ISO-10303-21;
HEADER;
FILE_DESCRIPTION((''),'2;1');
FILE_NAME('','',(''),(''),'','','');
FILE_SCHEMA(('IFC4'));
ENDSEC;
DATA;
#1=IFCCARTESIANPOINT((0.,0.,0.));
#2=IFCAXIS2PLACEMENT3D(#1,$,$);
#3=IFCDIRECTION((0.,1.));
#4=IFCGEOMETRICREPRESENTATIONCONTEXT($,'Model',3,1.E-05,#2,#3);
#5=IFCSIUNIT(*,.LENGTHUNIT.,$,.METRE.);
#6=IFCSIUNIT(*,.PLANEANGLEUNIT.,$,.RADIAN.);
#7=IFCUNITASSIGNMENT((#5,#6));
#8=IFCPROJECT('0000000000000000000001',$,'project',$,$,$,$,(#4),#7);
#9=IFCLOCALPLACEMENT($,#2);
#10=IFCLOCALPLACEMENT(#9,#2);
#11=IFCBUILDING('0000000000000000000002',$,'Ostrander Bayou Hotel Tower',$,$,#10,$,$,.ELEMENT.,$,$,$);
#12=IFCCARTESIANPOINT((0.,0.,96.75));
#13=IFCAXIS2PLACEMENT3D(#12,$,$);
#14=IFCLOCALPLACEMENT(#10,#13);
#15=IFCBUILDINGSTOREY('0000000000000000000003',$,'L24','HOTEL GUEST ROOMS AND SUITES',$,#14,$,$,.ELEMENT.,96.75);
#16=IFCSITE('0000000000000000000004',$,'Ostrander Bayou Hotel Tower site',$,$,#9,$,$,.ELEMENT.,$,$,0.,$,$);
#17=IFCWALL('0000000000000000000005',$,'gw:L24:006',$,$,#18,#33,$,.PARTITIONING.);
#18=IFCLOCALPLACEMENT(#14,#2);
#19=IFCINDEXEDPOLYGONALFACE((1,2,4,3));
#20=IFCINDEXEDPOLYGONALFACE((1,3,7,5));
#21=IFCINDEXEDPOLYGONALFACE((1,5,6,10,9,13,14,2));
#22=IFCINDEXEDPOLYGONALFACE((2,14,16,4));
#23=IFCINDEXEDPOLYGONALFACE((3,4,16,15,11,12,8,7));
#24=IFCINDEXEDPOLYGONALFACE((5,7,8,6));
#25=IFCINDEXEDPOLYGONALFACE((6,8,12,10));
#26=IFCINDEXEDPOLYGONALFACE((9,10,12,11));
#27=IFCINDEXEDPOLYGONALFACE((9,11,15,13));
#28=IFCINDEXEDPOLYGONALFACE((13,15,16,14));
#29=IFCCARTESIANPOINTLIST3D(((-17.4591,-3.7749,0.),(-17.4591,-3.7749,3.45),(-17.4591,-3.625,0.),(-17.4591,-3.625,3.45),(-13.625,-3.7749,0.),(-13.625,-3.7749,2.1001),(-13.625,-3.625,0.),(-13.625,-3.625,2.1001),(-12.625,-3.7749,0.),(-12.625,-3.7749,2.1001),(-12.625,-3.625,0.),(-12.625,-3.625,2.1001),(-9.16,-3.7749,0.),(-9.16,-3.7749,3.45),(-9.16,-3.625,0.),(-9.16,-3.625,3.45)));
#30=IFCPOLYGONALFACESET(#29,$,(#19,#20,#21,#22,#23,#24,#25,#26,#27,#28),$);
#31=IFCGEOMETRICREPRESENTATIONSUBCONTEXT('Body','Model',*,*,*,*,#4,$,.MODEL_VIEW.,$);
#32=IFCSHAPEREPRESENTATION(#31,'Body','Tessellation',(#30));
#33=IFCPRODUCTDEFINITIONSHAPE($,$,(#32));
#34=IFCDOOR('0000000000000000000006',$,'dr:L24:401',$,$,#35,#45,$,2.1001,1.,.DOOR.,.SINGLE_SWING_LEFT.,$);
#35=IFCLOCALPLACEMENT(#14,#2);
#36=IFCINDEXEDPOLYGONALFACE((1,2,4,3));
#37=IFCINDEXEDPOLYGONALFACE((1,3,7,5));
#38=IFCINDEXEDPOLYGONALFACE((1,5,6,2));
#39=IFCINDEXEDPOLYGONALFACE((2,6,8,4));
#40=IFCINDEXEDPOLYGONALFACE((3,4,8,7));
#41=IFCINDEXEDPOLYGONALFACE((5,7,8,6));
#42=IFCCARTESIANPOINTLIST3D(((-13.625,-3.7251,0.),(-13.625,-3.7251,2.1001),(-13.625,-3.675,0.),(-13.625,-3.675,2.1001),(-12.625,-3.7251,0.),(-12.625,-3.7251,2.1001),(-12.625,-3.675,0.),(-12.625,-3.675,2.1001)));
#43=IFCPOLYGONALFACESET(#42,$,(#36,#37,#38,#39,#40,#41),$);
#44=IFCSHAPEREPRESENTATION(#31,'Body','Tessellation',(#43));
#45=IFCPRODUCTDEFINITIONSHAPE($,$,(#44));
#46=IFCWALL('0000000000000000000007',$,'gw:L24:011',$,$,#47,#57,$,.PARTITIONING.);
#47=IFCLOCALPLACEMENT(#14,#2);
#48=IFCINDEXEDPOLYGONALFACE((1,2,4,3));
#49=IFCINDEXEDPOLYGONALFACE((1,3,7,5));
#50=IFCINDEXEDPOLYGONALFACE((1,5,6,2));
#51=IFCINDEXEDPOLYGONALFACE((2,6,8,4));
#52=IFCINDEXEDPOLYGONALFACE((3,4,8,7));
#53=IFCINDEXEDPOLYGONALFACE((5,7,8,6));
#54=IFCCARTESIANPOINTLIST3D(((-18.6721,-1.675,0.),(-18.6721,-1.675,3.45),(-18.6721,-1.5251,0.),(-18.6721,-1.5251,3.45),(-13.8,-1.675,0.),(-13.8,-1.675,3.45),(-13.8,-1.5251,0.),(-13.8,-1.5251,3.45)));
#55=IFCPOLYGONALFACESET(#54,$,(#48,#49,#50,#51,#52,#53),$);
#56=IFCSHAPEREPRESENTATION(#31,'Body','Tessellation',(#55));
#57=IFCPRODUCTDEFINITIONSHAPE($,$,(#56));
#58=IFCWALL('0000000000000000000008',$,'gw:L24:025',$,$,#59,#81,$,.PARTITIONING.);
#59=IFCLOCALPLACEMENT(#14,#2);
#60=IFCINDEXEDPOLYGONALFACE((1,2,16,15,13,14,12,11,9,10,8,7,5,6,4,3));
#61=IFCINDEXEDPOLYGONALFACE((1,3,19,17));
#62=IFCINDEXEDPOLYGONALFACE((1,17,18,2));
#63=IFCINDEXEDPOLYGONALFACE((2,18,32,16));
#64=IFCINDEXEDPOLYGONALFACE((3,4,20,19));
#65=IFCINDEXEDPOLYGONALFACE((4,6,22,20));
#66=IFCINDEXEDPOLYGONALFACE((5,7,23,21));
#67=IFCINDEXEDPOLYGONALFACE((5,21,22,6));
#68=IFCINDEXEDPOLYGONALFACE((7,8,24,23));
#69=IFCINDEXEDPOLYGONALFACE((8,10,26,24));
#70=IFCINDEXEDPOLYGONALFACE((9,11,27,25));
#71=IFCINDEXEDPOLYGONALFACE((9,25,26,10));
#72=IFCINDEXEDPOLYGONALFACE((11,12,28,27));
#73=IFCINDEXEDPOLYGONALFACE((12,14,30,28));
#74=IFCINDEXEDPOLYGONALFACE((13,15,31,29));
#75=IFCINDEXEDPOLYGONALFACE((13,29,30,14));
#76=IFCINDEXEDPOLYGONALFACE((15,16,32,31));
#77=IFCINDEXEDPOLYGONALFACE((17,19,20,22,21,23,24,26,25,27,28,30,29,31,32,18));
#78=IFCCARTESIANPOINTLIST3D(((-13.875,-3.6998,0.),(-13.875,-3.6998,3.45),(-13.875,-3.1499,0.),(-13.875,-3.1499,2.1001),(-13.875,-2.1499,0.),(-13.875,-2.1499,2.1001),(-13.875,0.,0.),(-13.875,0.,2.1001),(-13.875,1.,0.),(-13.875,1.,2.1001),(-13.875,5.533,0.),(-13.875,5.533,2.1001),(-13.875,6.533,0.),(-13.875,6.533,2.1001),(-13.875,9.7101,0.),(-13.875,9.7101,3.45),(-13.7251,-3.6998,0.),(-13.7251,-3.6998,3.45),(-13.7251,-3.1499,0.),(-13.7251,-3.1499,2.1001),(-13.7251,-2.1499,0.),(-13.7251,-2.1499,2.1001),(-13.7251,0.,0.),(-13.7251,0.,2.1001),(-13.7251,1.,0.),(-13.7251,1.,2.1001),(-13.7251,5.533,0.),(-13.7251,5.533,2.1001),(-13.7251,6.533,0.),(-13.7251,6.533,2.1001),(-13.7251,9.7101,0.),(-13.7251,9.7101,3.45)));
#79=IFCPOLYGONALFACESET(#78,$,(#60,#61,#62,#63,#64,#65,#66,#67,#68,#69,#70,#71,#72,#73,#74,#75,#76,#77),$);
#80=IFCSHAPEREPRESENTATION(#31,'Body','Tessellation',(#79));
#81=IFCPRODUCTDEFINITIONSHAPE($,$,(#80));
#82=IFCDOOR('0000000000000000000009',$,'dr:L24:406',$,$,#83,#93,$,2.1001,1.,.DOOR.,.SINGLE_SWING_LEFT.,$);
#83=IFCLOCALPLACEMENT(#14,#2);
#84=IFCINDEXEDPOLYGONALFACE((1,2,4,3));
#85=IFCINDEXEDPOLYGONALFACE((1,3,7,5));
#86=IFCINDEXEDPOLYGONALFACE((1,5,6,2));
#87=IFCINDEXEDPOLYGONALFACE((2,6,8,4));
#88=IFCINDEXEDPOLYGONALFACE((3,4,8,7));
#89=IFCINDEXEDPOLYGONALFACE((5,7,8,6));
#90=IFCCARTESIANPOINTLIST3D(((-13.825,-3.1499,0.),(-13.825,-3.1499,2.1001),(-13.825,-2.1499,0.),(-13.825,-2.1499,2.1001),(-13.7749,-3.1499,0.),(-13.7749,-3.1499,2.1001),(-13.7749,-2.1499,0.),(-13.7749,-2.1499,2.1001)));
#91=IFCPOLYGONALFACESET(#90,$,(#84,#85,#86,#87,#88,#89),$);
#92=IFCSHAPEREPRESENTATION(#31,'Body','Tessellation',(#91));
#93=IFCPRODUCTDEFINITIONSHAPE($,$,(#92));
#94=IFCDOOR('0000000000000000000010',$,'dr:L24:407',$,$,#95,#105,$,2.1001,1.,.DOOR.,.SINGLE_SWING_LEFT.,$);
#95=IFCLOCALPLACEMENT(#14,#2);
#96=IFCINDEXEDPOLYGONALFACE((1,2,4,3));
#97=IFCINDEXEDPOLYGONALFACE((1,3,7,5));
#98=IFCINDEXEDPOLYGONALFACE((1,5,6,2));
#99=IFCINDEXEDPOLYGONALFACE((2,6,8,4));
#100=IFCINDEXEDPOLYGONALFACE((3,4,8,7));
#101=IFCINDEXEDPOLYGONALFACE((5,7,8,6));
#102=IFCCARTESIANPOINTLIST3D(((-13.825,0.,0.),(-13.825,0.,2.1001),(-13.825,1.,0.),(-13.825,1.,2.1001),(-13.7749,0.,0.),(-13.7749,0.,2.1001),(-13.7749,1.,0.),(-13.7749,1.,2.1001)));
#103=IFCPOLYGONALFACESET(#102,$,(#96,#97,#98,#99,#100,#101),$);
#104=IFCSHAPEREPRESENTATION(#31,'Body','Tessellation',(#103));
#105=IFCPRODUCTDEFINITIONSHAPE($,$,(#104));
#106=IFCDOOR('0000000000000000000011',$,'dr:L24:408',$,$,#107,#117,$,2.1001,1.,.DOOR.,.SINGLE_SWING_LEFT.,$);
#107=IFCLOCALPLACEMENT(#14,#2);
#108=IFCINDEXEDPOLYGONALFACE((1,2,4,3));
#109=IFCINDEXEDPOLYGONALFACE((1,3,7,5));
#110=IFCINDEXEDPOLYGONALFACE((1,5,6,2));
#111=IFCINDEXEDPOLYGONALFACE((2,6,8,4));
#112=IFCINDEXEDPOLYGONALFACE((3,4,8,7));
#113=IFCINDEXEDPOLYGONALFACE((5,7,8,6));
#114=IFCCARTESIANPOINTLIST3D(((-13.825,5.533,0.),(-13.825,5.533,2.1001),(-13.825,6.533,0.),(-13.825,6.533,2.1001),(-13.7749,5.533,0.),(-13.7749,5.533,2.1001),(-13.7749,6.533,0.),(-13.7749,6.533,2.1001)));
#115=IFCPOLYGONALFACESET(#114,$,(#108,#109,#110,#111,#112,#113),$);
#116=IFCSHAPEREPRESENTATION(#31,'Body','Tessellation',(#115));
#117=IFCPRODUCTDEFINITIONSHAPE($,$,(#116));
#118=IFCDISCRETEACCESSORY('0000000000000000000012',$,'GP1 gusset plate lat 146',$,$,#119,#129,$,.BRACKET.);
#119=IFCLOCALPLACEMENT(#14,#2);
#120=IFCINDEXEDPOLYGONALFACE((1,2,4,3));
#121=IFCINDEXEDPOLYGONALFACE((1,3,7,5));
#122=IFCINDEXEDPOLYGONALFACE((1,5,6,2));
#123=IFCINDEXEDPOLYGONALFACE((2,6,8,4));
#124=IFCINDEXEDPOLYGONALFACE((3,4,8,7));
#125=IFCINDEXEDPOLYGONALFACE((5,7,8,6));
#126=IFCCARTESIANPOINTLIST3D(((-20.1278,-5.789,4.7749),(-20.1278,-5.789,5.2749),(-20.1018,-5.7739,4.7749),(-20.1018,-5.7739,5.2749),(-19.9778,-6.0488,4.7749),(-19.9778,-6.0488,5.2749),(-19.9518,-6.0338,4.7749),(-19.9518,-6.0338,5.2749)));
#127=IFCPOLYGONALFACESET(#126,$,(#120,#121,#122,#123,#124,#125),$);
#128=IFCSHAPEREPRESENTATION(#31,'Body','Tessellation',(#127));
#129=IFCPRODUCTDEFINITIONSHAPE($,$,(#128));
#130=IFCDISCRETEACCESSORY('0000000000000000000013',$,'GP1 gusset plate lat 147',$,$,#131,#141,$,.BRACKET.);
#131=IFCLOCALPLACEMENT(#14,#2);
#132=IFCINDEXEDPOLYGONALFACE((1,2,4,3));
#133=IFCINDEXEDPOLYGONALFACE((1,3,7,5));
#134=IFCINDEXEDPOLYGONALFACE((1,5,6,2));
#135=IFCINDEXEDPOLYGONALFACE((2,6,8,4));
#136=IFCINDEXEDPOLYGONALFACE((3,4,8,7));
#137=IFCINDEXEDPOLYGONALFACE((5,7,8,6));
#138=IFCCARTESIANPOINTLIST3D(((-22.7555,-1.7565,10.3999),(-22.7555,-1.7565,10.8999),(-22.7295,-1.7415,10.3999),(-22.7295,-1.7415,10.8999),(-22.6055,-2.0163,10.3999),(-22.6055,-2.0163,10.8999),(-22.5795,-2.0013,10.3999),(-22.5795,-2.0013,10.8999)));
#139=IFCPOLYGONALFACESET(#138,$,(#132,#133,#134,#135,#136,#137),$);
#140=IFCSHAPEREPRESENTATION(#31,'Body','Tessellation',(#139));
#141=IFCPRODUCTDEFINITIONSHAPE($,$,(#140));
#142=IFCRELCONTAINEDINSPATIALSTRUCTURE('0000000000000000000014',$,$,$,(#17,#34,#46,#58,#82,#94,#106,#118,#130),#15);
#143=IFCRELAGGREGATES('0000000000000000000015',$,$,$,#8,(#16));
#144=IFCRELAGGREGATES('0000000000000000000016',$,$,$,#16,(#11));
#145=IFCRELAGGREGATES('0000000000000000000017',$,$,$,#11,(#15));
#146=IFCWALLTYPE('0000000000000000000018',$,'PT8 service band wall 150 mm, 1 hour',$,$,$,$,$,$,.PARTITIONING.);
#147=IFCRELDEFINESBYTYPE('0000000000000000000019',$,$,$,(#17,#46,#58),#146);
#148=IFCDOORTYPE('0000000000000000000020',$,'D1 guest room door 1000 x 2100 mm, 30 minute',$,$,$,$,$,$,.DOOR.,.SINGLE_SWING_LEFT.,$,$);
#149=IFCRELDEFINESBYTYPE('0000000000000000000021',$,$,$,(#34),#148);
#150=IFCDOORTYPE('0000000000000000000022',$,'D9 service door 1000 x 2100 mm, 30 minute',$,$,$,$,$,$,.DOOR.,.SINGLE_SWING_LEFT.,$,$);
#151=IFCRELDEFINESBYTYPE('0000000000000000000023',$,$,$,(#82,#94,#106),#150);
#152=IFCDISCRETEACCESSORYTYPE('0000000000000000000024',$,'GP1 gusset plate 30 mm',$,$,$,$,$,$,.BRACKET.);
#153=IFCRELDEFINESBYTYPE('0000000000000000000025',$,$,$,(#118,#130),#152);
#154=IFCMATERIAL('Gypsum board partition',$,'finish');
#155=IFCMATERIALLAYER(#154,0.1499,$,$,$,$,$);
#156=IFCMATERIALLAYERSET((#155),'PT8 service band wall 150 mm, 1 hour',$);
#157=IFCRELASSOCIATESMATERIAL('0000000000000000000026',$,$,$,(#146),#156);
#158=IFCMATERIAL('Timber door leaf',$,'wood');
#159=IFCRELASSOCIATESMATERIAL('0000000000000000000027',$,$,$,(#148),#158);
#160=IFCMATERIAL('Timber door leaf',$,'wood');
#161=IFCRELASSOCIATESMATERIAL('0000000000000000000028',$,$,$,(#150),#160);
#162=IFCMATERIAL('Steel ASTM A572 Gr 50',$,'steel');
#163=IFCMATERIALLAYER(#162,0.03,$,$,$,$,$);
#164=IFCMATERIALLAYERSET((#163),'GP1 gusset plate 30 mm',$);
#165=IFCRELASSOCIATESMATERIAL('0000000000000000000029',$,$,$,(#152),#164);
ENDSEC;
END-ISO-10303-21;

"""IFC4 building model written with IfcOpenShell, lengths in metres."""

from ifc_helpers import new_model, si_unit, direction, frame, frame_2d, origin, origin_2d, place, context, subcontext, project, spatial, rectangle, extrude, material, layer, layer_set, type_object, element, fill, save


model = new_model("IFC4")

# Units and contexts
model_context = context("Model", 3, precision=1e-05, world=origin(), true_north=direction((0.0, 1.0)))
body_context = subcontext(model_context, "Body", "Model", "MODEL_VIEW")
ifc_project = project(units=[si_unit("LENGTHUNIT", "METRE"), si_unit("PLANEANGLEUNIT", "RADIAN")], contexts=[model_context])

# Site, building, storey
site_placement = place(None, origin())
site = spatial("IfcSite", under=ifc_project, at=site_placement, Name="Ostrander Bayou Hotel Tower site", CompositionType="ELEMENT", RefElevation=0.0)
building_placement = place(site_placement, origin())
building = spatial("IfcBuilding", under=site, at=building_placement, Name="Ostrander Bayou Hotel Tower", CompositionType="ELEMENT")
storey_placement = place(building_placement, frame((0.0, 0.0, 96.75)))
storey = spatial("IfcBuildingStorey", under=building, at=storey_placement, Name="L24", Description="HOTEL GUEST ROOMS AND SUITES", CompositionType="ELEMENT", Elevation=96.75)

# Wall, opening, door
ifc_material_1 = material(Name="Gypsum board partition", Category="finish")
ifc_layer_1 = layer(ifc_material_1, 0.1499)
ifc_layer_set_1 = layer_set([ifc_layer_1], Name="PT8 service band wall 150 mm, 1 hour")
wall_type_1 = type_object("IfcWallType", Name="PT8 service band wall 150 mm, 1 hour", PredefinedType="PARTITIONING", material=ifc_layer_set_1)
wall_1_placement = place(storey_placement, frame((-17.459, -3.7, 0.0), z_axis=(0.0, 0.0, 1.0), x_axis=(1.0, 0.0, 0.0)))
wall_1 = element("IfcWall", 1, at=wall_1_placement, inside=storey, type_object=wall_type_1, Name="gw:L24:006", PredefinedType="PARTITIONING", context=body_context, shape_type="SweptSolid", body=[
    extrude(rectangle(XDim=8.2991, YDim=0.1499, at=frame_2d((4.1494, 0.0))), origin(), (0.0, 0.0, 1.0), 3.45),
])
opening_1_placement = place(wall_1_placement, frame((3.834, 0.0, 0.0)))
opening_1 = element("IfcOpeningElement", 2, at=opening_1_placement, cuts=wall_1, PredefinedType="OPENING", context=body_context, shape_type="SweptSolid", body=[
    extrude(rectangle(XDim=1.0, YDim=2.1001, at=frame_2d((0.5, 1.05))), frame((0.0, 0.075, 0.0), z_axis=(0.0, -1.0, 0.0), x_axis=(1.0, 0.0, 0.0)), (0.0, 0.0, 1.0), 0.1499),
])
ifc_material_2 = material(Name="Timber door leaf", Category="wood")
door_type_1 = type_object("IfcDoorType", Name="D1 guest room door 1000 x 2100 mm, 30 minute", OperationType="SINGLE_SWING_LEFT", PredefinedType="DOOR", material=ifc_material_2)
door_1_placement = place(opening_1_placement, origin())
door_1 = element("IfcDoor", 3, at=door_1_placement, inside=storey, type_object=door_type_1, Name="dr:L24:401", OperationType="SINGLE_SWING_LEFT", OverallHeight=2.1001, OverallWidth=1.0, PredefinedType="DOOR", context=body_context, shape_type="SweptSolid", body=[
    extrude(rectangle(XDim=1.0, YDim=2.1001, at=frame_2d((0.5, 1.05))), frame((0.0, 0.0249, 0.0), z_axis=(0.0, -1.0, 0.0), x_axis=(1.0, 0.0, 0.0)), (0.0, 0.0, 1.0), 0.05),
])
fill(opening_1, door_1)

# Wall
wall_2_placement = place(storey_placement, frame((-18.6721, -1.6001, 0.0), z_axis=(0.0, 0.0, 1.0), x_axis=(1.0, 0.0, 0.0)))
element("IfcWall", 4, at=wall_2_placement, inside=storey, type_object=wall_type_1, Name="gw:L24:011", PredefinedType="PARTITIONING", context=body_context, shape_type="SweptSolid", body=[
    extrude(rectangle(XDim=4.8721, YDim=0.1499, at=frame_2d((2.436, 0.0))), origin(), (0.0, 0.0, 1.0), 3.45),
])

# Wall, openings, doors
wall_3_placement = place(storey_placement, frame((-13.8, -3.7, 0.0), z_axis=(0.0, 0.0, 1.0), x_axis=(0.0, 1.0, 0.0)))
wall_3 = element("IfcWall", 5, at=wall_3_placement, inside=storey, type_object=wall_type_1, Name="gw:L24:025", PredefinedType="PARTITIONING", context=body_context, shape_type="SweptSolid", body=[
    extrude(rectangle(XDim=13.4099, YDim=0.1499, at=frame_2d((6.7051, 0.0))), origin(), (0.0, 0.0, 1.0), 3.45),
])
opening_2_placement = place(wall_3_placement, frame((0.55, 0.0, 0.0)))
opening_2 = element("IfcOpeningElement", 6, at=opening_2_placement, cuts=wall_3, PredefinedType="OPENING", context=body_context, shape_type="SweptSolid", body=[
    extrude(rectangle(XDim=1.0, YDim=2.1001, at=frame_2d((0.5, 1.05))), frame((0.0, 0.075, 0.0), z_axis=(0.0, -1.0, 0.0), x_axis=(1.0, 0.0, 0.0)), (0.0, 0.0, 1.0), 0.1499),
])
opening_3_placement = place(wall_3_placement, frame((3.7, 0.0, 0.0)))
opening_3 = element("IfcOpeningElement", 7, at=opening_3_placement, cuts=wall_3, PredefinedType="OPENING", context=body_context, shape_type="SweptSolid", body=[
    extrude(rectangle(XDim=1.0, YDim=2.1001, at=frame_2d((0.5, 1.05))), frame((0.0, 0.075, 0.0), z_axis=(0.0, -1.0, 0.0), x_axis=(1.0, 0.0, 0.0)), (0.0, 0.0, 1.0), 0.1499),
])
opening_4_placement = place(wall_3_placement, frame((9.2329, 0.0, 0.0)))
opening_4 = element("IfcOpeningElement", 8, at=opening_4_placement, cuts=wall_3, PredefinedType="OPENING", context=body_context, shape_type="SweptSolid", body=[
    extrude(rectangle(XDim=1.0, YDim=2.1001, at=frame_2d((0.5, 1.05))), frame((0.0, 0.075, 0.0), z_axis=(0.0, -1.0, 0.0), x_axis=(1.0, 0.0, 0.0)), (0.0, 0.0, 1.0), 0.1499),
])
ifc_material_3 = material(Name="Timber door leaf", Category="wood")
door_type_2 = type_object("IfcDoorType", Name="D9 service door 1000 x 2100 mm, 30 minute", OperationType="SINGLE_SWING_LEFT", PredefinedType="DOOR", material=ifc_material_3)
door_2_placement = place(opening_2_placement, origin())
door_2 = element("IfcDoor", 9, at=door_2_placement, inside=storey, type_object=door_type_2, Name="dr:L24:406", OperationType="SINGLE_SWING_LEFT", OverallHeight=2.1001, OverallWidth=1.0, PredefinedType="DOOR", context=body_context, shape_type="SweptSolid", body=[
    extrude(rectangle(XDim=1.0, YDim=2.1001, at=frame_2d((0.5, 1.05))), frame((0.0, 0.0249, 0.0), z_axis=(0.0, -1.0, 0.0), x_axis=(1.0, 0.0, 0.0)), (0.0, 0.0, 1.0), 0.05),
])
fill(opening_2, door_2)
door_3_placement = place(opening_3_placement, origin())
door_3 = element("IfcDoor", 10, at=door_3_placement, inside=storey, type_object=door_type_2, Name="dr:L24:407", OperationType="SINGLE_SWING_LEFT", OverallHeight=2.1001, OverallWidth=1.0, PredefinedType="DOOR", context=body_context, shape_type="SweptSolid", body=[
    extrude(rectangle(XDim=1.0, YDim=2.1001, at=frame_2d((0.5, 1.05))), frame((0.0, 0.0249, 0.0), z_axis=(0.0, -1.0, 0.0), x_axis=(1.0, 0.0, 0.0)), (0.0, 0.0, 1.0), 0.05),
])
fill(opening_3, door_3)
door_4_placement = place(opening_4_placement, origin())
door_4 = element("IfcDoor", 11, at=door_4_placement, inside=storey, type_object=door_type_2, Name="dr:L24:408", OperationType="SINGLE_SWING_LEFT", OverallHeight=2.1001, OverallWidth=1.0, PredefinedType="DOOR", context=body_context, shape_type="SweptSolid", body=[
    extrude(rectangle(XDim=1.0, YDim=2.1001, at=frame_2d((0.5, 1.05))), frame((0.0, 0.0249, 0.0), z_axis=(0.0, -1.0, 0.0), x_axis=(1.0, 0.0, 0.0)), (0.0, 0.0, 1.0), 0.05),
])
fill(opening_4, door_4)

# Discrete accessories
ifc_material_4 = material(Name="Steel ASTM A572 Gr 50", Category="steel")
ifc_layer_2 = layer(ifc_material_4, 0.03)
ifc_layer_set_2 = layer_set([ifc_layer_2], Name="GP1 gusset plate 30 mm")
discrete_accessory_type = type_object("IfcDiscreteAccessoryType", Name="GP1 gusset plate 30 mm", PredefinedType="BRACKET", material=ifc_layer_set_2)
for number, where, z_axis, x_axis, name in (
    (12, (-20.0398, -5.9114, 4.7749), (0.0, 0.0, 1.0), (0.5, -0.866025, 0.0), "GP1 gusset plate lat 146"),
    (13, (-22.6675, -1.8789, 10.3999), (0.0, 0.0, 1.0), (0.5, -0.866025, 0.0), "GP1 gusset plate lat 147"),
):
    element("IfcDiscreteAccessory", number, at=place(storey_placement, frame(where, z_axis=z_axis, x_axis=x_axis)), inside=storey, type_object=discrete_accessory_type, Name=name, PredefinedType="BRACKET", context=body_context, shape_type="SweptSolid", body=[
        extrude(rectangle(XDim=0.3, YDim=0.03, at=origin_2d()), origin(), (0.0, 0.0, 1.0), 0.5),
    ])

save(model, "model.ifc")
